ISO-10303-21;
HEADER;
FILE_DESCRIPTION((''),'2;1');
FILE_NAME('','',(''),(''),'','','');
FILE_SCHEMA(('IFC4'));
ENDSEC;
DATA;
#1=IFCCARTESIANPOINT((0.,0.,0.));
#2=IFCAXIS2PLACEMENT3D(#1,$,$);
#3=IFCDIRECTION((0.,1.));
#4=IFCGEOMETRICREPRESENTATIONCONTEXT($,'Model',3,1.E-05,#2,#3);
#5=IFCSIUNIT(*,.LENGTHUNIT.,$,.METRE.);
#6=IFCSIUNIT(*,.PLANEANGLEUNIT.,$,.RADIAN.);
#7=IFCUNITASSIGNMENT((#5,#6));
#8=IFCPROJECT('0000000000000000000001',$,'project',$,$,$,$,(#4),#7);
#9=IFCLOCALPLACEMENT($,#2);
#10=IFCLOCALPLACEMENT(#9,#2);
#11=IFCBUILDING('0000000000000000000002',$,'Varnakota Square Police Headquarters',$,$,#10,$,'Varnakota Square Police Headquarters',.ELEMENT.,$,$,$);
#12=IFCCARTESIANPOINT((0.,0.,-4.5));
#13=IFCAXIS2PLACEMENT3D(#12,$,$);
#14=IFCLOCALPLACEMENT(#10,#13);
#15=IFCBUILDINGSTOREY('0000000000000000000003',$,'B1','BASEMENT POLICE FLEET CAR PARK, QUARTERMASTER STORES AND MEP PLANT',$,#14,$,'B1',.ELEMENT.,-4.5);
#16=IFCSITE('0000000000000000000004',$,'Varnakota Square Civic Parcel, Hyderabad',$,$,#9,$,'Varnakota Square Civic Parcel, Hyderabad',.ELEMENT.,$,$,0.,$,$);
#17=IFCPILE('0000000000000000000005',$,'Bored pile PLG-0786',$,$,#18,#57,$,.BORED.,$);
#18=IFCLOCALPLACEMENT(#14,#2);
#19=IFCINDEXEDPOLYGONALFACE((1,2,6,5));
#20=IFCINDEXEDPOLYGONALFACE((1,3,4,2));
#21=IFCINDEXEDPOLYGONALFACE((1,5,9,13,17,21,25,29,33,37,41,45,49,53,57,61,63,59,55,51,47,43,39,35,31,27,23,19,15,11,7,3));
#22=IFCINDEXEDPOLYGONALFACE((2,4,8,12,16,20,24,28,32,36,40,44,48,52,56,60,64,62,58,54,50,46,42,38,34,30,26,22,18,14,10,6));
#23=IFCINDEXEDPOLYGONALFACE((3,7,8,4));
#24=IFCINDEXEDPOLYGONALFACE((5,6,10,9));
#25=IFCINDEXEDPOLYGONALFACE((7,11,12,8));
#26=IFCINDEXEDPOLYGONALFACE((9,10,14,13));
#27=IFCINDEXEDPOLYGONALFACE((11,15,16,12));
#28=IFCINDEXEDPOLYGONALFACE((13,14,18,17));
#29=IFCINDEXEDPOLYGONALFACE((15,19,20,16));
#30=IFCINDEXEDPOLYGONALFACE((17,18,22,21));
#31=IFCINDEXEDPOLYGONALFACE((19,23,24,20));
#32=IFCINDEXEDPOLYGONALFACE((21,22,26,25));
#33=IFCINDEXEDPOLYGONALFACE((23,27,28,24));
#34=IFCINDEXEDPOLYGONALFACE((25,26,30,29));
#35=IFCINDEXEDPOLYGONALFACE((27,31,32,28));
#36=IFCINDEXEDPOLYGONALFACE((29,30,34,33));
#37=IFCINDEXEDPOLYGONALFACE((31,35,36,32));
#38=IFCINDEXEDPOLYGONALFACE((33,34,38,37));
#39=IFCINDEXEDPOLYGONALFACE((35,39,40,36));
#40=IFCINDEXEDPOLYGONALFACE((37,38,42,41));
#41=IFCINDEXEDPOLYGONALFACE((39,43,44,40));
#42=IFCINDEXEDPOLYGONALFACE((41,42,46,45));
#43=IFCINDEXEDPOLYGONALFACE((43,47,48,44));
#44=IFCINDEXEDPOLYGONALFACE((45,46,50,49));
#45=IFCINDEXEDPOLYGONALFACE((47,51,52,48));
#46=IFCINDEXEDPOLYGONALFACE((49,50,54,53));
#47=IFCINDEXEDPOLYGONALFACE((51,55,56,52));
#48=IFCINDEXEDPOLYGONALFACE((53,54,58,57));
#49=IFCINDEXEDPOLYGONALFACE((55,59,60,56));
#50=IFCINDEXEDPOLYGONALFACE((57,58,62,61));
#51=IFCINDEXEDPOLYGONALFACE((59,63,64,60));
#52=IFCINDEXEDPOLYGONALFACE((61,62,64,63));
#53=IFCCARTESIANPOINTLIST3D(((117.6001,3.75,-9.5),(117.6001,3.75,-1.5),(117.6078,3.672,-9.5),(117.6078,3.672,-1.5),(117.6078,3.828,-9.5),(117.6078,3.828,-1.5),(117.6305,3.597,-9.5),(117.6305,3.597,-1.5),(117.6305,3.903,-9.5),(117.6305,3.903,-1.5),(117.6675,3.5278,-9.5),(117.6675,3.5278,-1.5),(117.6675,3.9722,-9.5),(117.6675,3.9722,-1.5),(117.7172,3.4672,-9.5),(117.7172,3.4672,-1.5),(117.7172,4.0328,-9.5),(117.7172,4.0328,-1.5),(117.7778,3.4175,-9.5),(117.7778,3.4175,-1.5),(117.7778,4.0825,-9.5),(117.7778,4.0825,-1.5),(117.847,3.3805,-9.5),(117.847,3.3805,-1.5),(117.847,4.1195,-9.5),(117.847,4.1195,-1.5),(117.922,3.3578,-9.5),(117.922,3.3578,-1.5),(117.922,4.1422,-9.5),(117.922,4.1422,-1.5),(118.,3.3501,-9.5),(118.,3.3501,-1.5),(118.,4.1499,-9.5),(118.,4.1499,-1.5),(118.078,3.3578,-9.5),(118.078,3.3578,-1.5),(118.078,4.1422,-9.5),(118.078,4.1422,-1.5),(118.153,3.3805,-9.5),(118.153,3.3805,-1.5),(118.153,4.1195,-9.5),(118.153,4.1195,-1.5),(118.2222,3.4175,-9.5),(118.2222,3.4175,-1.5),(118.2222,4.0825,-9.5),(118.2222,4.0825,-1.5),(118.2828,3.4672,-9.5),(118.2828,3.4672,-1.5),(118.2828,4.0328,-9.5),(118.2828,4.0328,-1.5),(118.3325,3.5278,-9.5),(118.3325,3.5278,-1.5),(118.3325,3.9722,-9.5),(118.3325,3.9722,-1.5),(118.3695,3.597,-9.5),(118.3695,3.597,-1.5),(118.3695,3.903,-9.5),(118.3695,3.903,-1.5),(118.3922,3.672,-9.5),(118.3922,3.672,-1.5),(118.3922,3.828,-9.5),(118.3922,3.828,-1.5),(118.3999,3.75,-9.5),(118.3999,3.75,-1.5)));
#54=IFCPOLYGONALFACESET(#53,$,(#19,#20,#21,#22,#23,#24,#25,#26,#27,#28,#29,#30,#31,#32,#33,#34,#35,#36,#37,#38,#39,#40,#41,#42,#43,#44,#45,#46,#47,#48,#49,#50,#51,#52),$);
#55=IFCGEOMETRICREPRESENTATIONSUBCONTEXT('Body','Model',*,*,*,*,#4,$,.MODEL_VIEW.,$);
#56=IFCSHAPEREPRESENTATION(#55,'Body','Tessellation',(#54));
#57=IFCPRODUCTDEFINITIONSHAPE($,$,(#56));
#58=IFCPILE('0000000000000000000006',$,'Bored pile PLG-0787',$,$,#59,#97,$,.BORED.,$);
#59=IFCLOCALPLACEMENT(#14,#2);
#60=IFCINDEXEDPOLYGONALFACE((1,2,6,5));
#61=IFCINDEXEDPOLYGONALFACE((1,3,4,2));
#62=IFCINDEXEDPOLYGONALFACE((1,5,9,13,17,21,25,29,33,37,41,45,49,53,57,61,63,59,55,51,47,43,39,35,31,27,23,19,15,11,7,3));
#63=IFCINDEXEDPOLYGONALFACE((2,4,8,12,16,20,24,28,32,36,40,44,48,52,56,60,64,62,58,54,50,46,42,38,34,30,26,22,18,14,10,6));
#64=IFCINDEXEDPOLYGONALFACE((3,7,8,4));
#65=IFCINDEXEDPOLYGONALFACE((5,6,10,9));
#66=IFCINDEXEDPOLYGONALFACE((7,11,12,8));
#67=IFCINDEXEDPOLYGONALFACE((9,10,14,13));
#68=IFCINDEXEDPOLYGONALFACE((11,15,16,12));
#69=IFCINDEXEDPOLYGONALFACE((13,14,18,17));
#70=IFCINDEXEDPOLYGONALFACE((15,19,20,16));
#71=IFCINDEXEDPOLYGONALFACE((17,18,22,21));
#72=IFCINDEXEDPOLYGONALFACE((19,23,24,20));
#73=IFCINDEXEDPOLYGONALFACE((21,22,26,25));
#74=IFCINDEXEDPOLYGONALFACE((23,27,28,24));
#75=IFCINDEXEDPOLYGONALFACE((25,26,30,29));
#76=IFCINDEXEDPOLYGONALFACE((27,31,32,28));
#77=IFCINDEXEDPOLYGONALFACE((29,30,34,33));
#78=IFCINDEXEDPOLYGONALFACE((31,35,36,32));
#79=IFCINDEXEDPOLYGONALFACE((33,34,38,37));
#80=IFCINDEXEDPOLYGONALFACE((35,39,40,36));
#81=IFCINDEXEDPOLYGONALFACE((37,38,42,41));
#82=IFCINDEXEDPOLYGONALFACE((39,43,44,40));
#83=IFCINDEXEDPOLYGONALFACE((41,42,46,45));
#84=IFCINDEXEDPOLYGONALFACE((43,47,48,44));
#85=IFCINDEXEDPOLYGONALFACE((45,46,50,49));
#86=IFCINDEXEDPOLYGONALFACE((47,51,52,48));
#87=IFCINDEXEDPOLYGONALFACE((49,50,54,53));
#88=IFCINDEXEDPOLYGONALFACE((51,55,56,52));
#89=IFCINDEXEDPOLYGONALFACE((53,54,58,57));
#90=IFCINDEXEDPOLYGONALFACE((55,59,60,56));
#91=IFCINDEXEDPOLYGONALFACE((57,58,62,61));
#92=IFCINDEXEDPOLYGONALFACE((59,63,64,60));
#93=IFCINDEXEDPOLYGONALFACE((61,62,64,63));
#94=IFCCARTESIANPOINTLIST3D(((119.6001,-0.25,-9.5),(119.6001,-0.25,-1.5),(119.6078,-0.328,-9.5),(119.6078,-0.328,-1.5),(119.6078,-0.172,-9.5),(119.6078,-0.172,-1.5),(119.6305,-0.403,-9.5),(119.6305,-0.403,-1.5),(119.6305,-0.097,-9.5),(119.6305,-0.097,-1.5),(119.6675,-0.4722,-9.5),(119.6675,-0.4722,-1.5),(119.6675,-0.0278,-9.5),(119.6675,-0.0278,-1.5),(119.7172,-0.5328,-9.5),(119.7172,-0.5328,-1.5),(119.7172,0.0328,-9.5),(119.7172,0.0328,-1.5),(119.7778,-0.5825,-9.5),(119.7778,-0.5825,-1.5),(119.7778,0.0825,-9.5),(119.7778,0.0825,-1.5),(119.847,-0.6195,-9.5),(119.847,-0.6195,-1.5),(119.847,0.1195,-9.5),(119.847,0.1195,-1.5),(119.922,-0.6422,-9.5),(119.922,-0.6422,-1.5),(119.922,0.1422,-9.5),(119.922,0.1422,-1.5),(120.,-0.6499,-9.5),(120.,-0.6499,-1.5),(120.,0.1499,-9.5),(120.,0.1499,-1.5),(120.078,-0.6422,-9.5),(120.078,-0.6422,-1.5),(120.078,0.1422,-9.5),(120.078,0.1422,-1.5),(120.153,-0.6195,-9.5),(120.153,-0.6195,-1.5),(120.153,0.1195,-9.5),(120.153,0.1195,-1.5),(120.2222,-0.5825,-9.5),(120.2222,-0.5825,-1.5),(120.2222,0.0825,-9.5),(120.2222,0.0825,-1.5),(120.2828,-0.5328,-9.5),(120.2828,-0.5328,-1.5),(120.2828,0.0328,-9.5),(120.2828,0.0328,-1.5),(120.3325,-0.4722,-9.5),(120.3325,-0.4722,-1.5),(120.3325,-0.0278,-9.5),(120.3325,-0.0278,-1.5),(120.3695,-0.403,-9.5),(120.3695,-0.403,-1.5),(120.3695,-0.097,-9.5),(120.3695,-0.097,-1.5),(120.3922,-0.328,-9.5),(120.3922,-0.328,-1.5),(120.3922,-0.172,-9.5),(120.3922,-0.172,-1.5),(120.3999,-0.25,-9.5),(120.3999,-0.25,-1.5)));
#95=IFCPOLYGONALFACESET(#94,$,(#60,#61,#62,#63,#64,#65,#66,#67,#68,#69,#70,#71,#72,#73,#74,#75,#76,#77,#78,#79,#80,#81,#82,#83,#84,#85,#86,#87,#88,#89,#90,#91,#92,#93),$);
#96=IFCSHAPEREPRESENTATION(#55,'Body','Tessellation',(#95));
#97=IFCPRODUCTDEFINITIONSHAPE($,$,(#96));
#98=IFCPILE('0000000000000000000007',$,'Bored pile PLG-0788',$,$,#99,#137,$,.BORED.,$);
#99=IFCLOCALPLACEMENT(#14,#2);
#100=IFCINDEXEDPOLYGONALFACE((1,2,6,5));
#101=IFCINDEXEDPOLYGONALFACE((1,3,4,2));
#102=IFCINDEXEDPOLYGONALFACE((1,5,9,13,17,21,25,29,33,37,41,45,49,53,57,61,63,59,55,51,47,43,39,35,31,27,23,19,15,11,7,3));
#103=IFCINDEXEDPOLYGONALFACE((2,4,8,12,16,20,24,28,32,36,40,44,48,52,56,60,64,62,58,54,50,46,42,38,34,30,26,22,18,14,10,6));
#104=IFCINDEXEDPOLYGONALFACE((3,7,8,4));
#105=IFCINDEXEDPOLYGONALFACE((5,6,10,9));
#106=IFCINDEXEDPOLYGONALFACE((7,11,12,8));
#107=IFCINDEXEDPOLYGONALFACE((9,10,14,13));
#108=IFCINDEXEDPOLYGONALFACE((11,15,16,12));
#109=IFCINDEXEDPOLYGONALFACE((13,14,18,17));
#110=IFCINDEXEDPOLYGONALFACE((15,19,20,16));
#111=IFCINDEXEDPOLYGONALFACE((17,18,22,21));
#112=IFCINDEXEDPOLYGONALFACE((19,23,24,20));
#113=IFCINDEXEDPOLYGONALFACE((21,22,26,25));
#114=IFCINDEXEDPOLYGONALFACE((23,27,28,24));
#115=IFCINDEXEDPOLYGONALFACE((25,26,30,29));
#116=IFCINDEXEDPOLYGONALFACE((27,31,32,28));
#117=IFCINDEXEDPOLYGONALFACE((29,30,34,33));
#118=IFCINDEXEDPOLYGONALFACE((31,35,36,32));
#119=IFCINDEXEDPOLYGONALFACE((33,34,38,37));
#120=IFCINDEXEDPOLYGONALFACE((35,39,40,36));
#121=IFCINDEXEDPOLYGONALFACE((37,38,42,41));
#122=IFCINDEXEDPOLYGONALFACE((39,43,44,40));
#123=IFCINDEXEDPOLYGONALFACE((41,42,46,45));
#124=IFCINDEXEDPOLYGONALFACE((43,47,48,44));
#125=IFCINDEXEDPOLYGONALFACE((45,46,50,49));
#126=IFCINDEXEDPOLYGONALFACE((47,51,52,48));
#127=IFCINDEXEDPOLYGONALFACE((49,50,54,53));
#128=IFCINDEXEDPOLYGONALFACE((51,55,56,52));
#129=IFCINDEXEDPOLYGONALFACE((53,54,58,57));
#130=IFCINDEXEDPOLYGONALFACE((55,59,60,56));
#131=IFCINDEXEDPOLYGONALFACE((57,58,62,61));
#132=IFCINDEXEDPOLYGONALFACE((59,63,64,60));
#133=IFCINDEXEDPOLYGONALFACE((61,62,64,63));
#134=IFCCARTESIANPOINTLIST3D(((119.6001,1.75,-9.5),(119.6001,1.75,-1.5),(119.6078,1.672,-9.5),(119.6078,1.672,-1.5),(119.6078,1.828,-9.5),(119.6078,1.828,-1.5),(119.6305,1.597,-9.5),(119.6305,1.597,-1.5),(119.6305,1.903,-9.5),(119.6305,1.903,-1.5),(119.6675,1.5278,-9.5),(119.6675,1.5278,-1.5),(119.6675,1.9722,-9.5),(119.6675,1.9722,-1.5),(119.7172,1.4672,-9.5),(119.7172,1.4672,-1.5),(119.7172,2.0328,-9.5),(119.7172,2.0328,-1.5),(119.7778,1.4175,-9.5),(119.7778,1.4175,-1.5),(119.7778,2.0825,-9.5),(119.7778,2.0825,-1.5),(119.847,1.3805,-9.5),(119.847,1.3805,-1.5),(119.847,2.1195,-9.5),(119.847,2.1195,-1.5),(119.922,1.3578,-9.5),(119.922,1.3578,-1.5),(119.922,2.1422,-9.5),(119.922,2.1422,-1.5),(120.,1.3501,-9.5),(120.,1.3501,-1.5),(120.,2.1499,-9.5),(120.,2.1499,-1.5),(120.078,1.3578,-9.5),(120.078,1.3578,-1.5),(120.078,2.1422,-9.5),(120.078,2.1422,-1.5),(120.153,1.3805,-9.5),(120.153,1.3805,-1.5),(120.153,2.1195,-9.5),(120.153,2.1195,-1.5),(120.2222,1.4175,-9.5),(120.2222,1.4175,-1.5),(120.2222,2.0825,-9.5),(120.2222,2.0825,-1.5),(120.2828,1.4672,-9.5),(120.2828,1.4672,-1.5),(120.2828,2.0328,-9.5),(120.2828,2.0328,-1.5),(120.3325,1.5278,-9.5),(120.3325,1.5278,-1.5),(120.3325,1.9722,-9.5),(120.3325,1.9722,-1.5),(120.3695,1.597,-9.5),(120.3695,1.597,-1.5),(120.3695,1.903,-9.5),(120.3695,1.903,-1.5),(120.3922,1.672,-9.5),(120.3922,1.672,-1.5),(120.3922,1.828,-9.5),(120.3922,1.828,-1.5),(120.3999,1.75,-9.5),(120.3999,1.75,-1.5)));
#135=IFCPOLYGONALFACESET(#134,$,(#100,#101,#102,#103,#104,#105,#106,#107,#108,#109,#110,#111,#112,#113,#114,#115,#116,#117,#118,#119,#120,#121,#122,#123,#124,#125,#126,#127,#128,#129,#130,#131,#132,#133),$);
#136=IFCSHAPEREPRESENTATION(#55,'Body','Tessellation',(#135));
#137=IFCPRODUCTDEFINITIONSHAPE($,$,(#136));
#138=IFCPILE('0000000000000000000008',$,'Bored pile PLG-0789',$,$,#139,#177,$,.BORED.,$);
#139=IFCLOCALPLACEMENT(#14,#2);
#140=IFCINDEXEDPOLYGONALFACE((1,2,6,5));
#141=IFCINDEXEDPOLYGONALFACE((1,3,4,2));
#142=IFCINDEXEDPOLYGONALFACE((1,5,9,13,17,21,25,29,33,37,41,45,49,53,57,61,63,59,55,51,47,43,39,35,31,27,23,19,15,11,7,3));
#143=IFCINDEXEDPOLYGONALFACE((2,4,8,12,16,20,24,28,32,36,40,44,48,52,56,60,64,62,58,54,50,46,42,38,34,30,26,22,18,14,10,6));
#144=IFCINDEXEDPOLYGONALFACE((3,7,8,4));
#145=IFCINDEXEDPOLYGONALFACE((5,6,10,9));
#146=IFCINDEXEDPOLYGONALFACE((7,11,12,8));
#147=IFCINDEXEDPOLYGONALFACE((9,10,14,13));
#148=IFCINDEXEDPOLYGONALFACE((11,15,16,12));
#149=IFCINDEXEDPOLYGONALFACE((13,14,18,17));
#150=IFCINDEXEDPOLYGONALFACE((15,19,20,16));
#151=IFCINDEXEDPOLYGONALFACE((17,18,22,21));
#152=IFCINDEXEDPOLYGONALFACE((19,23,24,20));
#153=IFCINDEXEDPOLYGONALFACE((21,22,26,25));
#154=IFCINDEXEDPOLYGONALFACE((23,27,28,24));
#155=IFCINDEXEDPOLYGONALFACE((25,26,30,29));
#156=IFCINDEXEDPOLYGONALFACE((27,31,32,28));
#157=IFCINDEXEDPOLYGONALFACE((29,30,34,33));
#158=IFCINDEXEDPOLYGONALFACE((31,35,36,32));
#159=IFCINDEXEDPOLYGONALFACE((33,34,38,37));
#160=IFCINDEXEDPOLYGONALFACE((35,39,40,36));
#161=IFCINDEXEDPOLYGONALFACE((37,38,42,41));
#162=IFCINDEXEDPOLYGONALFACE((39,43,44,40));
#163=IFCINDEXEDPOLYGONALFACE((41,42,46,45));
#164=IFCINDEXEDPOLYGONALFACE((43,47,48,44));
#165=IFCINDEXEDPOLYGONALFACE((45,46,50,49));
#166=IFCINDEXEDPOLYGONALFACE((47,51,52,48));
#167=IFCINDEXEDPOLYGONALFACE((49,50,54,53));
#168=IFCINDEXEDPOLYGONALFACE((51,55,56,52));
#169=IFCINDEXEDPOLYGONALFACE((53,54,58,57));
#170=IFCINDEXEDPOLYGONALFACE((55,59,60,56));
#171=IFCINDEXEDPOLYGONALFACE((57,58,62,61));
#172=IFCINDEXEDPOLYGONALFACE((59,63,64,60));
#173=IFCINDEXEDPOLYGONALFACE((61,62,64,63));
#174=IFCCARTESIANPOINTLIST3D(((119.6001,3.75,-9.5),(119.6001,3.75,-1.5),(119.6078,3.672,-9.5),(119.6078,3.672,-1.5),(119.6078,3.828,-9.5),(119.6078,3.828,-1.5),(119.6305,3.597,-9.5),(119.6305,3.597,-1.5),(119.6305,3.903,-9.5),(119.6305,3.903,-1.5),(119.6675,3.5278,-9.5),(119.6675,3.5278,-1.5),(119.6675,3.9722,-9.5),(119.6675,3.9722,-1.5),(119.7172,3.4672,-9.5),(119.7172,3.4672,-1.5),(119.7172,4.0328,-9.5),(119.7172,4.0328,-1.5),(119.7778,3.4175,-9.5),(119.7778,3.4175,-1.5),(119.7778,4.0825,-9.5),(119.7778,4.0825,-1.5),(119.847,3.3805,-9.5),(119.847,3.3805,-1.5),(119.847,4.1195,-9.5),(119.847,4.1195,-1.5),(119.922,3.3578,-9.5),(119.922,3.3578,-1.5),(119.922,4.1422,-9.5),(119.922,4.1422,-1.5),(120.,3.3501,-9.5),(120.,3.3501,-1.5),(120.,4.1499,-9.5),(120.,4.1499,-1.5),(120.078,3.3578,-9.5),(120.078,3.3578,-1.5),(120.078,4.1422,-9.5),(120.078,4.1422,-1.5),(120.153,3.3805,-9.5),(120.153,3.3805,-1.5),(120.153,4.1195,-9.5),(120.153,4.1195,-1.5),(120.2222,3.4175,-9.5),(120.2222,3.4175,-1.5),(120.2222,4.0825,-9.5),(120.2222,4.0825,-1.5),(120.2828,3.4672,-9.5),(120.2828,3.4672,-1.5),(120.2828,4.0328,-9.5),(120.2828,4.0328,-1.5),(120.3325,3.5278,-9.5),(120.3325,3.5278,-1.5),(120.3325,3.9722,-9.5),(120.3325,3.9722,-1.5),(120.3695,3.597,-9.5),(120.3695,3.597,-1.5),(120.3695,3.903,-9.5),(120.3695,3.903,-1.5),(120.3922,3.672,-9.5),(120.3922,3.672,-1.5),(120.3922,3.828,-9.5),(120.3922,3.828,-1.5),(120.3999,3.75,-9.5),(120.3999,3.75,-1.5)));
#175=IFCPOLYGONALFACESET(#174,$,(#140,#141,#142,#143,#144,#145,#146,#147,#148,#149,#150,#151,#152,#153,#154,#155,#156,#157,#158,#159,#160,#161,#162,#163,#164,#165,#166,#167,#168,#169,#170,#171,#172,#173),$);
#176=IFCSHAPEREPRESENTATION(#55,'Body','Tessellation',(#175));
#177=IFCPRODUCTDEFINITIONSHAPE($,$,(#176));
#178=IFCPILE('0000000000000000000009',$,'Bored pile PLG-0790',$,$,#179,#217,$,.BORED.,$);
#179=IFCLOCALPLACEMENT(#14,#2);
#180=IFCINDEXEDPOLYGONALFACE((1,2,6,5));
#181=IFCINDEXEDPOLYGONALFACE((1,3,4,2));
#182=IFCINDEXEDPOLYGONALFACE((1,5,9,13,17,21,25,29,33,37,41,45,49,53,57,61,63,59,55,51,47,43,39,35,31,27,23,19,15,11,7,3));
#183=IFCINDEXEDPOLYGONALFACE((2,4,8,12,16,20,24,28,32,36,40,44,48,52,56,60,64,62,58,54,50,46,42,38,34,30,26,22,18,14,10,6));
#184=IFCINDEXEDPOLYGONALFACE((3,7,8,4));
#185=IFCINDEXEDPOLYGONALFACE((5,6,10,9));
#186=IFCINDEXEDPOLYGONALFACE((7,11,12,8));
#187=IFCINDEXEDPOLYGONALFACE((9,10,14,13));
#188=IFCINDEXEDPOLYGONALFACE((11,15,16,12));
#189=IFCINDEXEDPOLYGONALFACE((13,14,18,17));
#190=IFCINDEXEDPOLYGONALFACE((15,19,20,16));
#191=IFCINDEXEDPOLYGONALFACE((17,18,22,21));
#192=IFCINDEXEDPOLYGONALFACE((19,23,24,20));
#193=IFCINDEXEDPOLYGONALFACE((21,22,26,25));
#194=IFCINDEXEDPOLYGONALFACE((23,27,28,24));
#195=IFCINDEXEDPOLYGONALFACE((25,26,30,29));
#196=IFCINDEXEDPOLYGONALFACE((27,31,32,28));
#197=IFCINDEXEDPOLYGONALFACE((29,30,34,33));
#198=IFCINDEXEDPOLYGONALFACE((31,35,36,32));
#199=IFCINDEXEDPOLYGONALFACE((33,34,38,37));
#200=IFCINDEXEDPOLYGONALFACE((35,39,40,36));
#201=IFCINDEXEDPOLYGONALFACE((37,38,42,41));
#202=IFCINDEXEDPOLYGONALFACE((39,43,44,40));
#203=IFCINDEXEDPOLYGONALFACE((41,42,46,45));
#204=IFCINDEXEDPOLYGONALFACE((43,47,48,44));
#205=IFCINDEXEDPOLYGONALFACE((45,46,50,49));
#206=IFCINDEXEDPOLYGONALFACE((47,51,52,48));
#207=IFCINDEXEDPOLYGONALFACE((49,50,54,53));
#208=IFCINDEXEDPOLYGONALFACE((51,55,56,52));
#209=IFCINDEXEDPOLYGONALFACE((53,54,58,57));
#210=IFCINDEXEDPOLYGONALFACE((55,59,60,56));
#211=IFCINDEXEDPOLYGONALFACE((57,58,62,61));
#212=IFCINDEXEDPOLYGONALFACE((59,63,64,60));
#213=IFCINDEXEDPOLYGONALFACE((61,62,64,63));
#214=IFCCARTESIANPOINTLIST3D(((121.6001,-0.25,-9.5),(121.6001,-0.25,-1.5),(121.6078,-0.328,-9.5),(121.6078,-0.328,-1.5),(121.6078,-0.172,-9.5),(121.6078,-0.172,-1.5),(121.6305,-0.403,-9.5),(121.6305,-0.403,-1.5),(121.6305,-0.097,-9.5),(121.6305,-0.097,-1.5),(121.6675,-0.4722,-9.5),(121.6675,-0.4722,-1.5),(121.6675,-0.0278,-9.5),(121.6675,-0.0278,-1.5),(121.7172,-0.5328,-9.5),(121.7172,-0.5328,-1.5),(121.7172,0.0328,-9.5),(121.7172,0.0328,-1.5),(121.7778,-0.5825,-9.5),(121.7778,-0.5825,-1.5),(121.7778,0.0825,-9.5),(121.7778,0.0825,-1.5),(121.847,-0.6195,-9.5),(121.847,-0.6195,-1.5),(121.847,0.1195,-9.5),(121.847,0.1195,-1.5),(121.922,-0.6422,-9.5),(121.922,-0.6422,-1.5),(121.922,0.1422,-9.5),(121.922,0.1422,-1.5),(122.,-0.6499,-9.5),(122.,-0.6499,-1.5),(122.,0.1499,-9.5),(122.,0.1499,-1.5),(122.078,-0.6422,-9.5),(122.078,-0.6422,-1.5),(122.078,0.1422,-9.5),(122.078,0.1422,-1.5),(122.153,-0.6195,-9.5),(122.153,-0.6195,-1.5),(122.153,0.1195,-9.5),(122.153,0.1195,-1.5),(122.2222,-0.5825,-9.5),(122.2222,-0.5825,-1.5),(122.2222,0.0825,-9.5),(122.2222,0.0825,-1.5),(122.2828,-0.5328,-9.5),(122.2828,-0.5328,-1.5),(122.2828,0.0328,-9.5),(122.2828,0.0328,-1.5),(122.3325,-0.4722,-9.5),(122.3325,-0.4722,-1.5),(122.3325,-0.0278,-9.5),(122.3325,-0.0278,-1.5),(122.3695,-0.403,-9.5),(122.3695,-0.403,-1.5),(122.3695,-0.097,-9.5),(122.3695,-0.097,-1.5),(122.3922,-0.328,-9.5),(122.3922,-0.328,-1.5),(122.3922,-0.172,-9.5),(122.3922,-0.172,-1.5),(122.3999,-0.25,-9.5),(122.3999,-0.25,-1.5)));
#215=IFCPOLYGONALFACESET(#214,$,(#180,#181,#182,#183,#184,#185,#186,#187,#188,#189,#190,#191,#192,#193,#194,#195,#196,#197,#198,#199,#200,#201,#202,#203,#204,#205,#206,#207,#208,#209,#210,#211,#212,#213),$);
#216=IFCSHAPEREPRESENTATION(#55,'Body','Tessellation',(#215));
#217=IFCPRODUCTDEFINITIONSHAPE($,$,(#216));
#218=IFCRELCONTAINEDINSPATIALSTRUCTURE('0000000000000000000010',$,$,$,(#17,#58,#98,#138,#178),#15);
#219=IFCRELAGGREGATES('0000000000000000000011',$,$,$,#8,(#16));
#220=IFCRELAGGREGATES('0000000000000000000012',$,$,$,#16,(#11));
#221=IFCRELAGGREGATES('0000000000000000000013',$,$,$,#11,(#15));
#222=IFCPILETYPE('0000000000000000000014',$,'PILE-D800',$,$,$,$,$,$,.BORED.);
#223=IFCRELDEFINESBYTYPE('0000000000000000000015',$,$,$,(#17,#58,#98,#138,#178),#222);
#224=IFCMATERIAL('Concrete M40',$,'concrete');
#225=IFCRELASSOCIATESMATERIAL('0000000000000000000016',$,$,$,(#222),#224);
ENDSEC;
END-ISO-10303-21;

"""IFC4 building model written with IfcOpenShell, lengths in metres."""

from ifc_helpers import new_model, si_unit, direction, frame, origin, origin_2d, place, context, subcontext, project, spatial, circle, extrude, material, material_profile, profile_set, type_object, element, save


model = new_model("IFC4")

# Units and contexts
model_context = context("Model", 3, precision=1e-05, world=origin(), true_north=direction((0.0, 1.0)))
body_context = subcontext(model_context, "Body", "Model", "MODEL_VIEW")
ifc_project = project(units=[si_unit("LENGTHUNIT", "METRE"), si_unit("PLANEANGLEUNIT", "RADIAN")], contexts=[model_context])

# Site, building, storey
site_placement = place(None, origin())
site = spatial("IfcSite", under=ifc_project, at=site_placement, Name="Varnakota Square Civic Parcel, Hyderabad", LongName="Varnakota Square Civic Parcel, Hyderabad", CompositionType="ELEMENT", RefElevation=0.0)
building_placement = place(site_placement, origin())
building = spatial("IfcBuilding", under=site, at=building_placement, Name="Varnakota Square Police Headquarters", LongName="Varnakota Square Police Headquarters", CompositionType="ELEMENT")
storey_placement = place(building_placement, frame((0.0, 0.0, -4.5)))
storey = spatial("IfcBuildingStorey", under=building, at=storey_placement, Name="B1", Description="BASEMENT POLICE FLEET CAR PARK, QUARTERMASTER STORES AND MEP PLANT", LongName="B1", CompositionType="ELEMENT", Elevation=-4.5)

# Shared definitions
ifc_material_1 = material(Name="Concrete M40", Category="concrete")

# Piles
ifc_material_profile_1 = material_profile(ifc_material_1, circle(Radius=0.3999, at=origin_2d()), Name="BORED PILE 800")
ifc_profile_set_1 = profile_set([ifc_material_profile_1], Name="Concrete M40")
pile_type = type_object("IfcPileType", Name="PILE-D800", PredefinedType="BORED", material=ifc_profile_set_1)
for number, where, z_axis, x_axis, name in (
    (1, (118.0, 3.75, -1.5), (0.0, 0.0, -1.0), (1.0, 0.0, 0.0), "Bored pile PLG-0786"),
    (2, (120.0, -0.25, -1.5), (0.0, 0.0, -1.0), (1.0, 0.0, 0.0), "Bored pile PLG-0787"),
    (3, (120.0, 1.75, -1.5), (0.0, 0.0, -1.0), (1.0, 0.0, 0.0), "Bored pile PLG-0788"),
    (4, (120.0, 3.75, -1.5), (0.0, 0.0, -1.0), (1.0, 0.0, 0.0), "Bored pile PLG-0789"),
    (5, (122.0, -0.25, -1.5), (0.0, 0.0, -1.0), (1.0, 0.0, 0.0), "Bored pile PLG-0790"),
):
    element("IfcPile", number, at=place(storey_placement, frame(where, z_axis=z_axis, x_axis=x_axis)), inside=storey, type_object=pile_type, Name=name, PredefinedType="BORED", context=body_context, shape_type="SweptSolid", body=[
        extrude(circle(Radius=0.3999, at=origin_2d()), origin(), (0.0, 0.0, 1.0), 8.0),
    ])

save(model, "model.ifc")
